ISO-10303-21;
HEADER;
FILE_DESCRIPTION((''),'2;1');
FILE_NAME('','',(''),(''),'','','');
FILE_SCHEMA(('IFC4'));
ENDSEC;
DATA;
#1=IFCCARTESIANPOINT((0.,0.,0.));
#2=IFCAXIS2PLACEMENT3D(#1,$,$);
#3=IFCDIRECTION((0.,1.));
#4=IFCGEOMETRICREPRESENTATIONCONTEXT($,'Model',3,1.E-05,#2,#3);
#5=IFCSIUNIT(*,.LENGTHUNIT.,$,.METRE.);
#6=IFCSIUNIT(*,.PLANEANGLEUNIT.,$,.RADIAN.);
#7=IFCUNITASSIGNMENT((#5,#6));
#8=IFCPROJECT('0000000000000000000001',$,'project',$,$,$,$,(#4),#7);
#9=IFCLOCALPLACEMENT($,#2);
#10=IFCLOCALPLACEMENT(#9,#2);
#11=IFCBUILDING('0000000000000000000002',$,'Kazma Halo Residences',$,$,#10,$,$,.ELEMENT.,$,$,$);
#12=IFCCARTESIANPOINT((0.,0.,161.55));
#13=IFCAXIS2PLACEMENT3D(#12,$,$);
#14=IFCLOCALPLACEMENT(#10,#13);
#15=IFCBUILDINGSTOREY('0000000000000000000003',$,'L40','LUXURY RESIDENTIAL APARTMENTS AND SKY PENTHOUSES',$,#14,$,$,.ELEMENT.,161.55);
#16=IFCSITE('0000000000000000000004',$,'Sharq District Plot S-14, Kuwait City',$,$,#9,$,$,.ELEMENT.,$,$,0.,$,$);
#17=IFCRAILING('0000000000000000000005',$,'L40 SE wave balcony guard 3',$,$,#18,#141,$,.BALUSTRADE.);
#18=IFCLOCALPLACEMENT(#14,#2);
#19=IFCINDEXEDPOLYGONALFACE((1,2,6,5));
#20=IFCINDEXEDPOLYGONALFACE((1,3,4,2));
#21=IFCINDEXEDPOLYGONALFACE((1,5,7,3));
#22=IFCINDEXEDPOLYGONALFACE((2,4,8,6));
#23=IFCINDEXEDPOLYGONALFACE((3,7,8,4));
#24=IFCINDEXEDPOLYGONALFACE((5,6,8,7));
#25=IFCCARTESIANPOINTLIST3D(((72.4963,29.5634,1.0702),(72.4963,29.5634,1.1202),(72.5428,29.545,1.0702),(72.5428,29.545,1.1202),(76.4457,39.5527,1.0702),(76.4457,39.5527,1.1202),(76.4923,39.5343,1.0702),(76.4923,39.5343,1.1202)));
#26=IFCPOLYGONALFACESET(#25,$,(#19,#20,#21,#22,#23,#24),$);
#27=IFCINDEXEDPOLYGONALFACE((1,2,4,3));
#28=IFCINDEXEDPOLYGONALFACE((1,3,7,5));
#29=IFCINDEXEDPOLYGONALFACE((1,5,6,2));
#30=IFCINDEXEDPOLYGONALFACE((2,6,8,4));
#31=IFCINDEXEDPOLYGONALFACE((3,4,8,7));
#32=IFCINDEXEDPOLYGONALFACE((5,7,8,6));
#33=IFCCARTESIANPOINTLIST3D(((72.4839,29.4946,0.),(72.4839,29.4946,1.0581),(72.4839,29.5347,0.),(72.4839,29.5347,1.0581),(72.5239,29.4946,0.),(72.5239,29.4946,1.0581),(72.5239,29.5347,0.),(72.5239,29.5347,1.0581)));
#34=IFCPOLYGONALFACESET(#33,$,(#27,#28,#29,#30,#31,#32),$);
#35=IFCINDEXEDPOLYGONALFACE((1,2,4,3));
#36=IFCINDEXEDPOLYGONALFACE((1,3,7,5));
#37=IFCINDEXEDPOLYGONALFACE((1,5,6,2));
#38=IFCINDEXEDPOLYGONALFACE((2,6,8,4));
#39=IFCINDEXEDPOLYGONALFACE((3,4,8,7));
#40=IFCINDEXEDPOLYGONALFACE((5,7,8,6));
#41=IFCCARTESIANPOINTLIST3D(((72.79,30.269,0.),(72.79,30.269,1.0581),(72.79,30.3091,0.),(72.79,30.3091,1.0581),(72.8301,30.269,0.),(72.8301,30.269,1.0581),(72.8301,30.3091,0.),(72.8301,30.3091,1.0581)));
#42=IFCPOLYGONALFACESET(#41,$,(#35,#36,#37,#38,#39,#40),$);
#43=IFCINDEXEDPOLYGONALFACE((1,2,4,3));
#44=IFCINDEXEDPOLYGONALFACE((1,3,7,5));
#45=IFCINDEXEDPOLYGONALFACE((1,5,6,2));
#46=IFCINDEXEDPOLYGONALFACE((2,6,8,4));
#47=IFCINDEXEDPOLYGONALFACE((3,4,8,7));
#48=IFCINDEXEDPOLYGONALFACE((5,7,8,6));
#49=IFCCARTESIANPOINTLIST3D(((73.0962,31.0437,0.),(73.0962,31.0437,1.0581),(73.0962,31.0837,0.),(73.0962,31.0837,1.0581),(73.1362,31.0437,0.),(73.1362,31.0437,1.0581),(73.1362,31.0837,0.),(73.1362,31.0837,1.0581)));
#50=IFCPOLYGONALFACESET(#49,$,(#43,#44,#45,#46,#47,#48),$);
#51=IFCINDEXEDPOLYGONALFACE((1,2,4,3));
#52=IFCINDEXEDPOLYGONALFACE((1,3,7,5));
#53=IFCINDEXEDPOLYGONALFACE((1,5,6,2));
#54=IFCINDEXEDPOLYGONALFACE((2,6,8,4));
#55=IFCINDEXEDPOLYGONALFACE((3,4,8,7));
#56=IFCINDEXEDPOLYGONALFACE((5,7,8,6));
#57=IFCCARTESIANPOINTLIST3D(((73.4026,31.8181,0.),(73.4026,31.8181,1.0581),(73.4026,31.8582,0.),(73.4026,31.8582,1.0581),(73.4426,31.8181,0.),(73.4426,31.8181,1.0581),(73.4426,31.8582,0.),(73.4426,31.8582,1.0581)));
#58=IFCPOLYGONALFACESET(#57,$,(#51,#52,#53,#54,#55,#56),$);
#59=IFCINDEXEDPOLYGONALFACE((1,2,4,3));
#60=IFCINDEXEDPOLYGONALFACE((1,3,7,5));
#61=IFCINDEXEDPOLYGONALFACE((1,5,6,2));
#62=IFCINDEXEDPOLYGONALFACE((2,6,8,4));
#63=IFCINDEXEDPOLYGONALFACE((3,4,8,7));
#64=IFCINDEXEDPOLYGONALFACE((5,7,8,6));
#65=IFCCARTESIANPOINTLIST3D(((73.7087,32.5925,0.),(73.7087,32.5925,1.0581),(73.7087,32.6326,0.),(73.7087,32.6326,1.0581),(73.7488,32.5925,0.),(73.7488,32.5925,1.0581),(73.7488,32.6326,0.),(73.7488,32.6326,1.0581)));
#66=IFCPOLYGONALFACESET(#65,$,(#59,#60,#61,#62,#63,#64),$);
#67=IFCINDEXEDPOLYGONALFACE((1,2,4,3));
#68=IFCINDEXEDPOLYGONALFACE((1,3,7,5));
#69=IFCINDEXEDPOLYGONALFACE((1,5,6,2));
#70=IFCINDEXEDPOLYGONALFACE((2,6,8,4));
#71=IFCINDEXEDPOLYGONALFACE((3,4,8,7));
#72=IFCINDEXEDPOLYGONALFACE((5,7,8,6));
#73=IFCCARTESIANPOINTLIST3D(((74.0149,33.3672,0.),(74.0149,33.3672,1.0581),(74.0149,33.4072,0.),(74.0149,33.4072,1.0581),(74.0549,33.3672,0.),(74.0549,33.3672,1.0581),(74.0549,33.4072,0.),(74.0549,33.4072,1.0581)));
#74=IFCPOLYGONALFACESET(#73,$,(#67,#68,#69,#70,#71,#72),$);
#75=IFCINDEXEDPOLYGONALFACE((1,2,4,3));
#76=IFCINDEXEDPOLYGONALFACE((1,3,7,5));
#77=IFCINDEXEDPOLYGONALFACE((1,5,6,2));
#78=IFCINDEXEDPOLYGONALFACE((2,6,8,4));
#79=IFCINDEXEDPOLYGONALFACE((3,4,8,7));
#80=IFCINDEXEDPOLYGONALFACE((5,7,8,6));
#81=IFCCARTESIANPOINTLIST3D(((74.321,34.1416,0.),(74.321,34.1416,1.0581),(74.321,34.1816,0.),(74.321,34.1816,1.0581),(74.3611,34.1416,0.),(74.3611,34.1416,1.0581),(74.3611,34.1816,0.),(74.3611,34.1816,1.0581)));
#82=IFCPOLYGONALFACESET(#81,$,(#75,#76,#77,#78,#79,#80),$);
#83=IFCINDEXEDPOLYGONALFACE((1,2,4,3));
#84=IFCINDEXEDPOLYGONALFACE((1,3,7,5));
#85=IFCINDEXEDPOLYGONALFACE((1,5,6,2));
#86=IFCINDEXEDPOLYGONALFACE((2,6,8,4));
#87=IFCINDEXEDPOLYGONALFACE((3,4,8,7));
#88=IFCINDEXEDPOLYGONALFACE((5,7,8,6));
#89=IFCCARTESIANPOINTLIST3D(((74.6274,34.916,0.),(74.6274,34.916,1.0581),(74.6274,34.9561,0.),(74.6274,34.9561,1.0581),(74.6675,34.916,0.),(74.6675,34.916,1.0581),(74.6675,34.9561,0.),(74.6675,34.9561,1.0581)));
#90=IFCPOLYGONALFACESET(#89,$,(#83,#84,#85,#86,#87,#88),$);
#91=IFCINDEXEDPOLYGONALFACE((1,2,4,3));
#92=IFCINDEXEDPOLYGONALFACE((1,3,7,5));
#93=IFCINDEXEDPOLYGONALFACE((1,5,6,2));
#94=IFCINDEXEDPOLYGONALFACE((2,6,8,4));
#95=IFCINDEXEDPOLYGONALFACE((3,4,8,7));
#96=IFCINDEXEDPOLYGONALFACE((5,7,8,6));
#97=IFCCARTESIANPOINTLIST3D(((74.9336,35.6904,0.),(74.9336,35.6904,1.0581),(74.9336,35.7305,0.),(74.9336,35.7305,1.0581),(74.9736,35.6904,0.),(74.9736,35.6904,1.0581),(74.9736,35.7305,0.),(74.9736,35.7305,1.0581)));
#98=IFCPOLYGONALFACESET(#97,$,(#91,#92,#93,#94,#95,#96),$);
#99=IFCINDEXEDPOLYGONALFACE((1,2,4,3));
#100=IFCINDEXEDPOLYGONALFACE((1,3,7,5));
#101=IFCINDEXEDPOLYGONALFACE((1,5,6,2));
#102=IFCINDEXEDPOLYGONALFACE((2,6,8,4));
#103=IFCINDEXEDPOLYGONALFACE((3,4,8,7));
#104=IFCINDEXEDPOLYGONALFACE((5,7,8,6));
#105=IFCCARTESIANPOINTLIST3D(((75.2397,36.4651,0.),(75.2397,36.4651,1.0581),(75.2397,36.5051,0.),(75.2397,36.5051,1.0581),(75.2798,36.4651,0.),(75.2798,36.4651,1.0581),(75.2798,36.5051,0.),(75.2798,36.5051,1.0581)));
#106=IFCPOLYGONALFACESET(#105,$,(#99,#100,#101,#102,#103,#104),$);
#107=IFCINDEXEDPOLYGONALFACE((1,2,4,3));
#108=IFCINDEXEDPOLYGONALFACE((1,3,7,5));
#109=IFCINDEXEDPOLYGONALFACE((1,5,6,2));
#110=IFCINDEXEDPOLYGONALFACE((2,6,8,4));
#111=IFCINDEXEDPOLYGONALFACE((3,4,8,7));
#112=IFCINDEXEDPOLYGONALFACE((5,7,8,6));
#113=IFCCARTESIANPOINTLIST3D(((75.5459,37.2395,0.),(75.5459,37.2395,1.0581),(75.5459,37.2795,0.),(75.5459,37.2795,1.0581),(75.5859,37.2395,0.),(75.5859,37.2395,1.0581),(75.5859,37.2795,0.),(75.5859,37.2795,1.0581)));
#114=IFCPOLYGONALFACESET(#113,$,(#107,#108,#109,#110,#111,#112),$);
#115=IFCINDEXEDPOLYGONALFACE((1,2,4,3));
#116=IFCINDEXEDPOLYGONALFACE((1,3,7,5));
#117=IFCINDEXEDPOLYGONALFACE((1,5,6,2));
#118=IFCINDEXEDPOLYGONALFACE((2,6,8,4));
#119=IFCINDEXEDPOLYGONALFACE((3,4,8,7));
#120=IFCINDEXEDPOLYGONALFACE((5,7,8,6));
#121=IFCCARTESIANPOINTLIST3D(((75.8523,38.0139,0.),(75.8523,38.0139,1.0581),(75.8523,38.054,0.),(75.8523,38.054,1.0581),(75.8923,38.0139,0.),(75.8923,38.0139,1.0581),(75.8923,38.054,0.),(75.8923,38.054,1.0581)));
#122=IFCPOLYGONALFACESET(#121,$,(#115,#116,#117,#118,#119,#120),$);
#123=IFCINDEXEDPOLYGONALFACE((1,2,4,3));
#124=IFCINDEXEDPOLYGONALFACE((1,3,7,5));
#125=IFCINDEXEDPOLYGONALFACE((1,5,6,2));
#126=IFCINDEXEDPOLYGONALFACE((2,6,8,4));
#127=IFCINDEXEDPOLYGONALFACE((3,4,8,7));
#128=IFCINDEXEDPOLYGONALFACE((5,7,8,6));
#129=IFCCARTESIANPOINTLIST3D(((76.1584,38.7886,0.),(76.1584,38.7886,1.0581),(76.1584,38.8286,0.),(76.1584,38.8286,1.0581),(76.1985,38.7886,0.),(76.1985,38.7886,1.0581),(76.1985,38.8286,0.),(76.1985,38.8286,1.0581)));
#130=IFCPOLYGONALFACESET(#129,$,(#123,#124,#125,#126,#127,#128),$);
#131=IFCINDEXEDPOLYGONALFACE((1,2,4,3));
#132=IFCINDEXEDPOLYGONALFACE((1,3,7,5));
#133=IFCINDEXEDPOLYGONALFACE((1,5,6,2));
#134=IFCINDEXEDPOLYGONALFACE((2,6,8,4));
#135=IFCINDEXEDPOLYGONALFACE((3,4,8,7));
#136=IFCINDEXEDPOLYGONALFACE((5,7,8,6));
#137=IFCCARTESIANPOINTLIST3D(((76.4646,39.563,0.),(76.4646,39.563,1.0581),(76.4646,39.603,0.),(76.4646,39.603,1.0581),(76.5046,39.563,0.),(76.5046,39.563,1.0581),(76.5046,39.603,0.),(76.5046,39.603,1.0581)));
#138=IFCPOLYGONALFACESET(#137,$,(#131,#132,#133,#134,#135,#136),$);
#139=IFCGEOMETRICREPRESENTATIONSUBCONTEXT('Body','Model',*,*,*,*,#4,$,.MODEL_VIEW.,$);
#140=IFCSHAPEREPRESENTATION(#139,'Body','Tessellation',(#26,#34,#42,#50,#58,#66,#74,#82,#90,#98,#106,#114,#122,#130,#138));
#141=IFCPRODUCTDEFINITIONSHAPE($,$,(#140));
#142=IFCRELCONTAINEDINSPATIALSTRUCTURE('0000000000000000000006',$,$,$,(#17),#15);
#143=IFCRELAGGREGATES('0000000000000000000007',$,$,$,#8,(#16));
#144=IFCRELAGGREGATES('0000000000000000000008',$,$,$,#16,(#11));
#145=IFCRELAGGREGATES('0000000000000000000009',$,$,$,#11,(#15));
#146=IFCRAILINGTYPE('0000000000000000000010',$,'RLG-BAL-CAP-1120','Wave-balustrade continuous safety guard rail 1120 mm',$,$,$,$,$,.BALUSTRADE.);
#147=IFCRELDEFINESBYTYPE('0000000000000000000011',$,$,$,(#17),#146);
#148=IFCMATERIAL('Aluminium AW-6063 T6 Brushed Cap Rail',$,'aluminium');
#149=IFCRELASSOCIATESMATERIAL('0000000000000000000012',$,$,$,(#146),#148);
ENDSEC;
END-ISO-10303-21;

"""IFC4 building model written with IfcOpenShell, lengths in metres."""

from ifc_helpers import new_model, si_unit, direction, frame, origin, origin_2d, place, context, subcontext, project, spatial, rectangle, extrude, material, type_object, element, save


model = new_model("IFC4")

# Units and contexts
model_context = context("Model", 3, precision=1e-05, world=origin(), true_north=direction((0.0, 1.0)))
body_context = subcontext(model_context, "Body", "Model", "MODEL_VIEW")
ifc_project = project(units=[si_unit("LENGTHUNIT", "METRE"), si_unit("PLANEANGLEUNIT", "RADIAN")], contexts=[model_context])

# Site, building, storey
site_placement = place(None, origin())
site = spatial("IfcSite", under=ifc_project, at=site_placement, Name="Sharq District Plot S-14, Kuwait City", CompositionType="ELEMENT", RefElevation=0.0)
building_placement = place(site_placement, origin())
building = spatial("IfcBuilding", under=site, at=building_placement, Name="Kazma Halo Residences", CompositionType="ELEMENT")
storey_placement = place(building_placement, frame((0.0, 0.0, 161.55)))
storey = spatial("IfcBuildingStorey", under=building, at=storey_placement, Name="L40", Description="LUXURY RESIDENTIAL APARTMENTS AND SKY PENTHOUSES", CompositionType="ELEMENT", Elevation=161.55)

# Railing
ifc_material_1 = material(Name="Aluminium AW-6063 T6 Brushed Cap Rail", Category="aluminium")
railing_type = type_object("IfcRailingType", Name="RLG-BAL-CAP-1120", Description="Wave-balustrade continuous safety guard rail 1120 mm", PredefinedType="BALUSTRADE", material=ifc_material_1)
railing_1_placement = place(storey_placement, frame((72.5039, 29.5146, 0.0)))
element("IfcRailing", 1, at=railing_1_placement, inside=storey, type_object=railing_type, Name="L40 SE wave balcony guard 3", PredefinedType="BALUSTRADE", context=body_context, shape_type="SweptSolid", body=[
    extrude(rectangle(XDim=0.05, YDim=0.05, at=origin_2d()), frame((0.0156, 0.0396, 1.0952), z_axis=(0.367675, 0.929954, 0.0), x_axis=(-0.929954, 0.367675, 0.0)), (0.0, 0.0, 1.0), 10.7417),
    extrude(rectangle(XDim=0.04, YDim=0.04, at=origin_2d()), origin(), (0.0, 0.0, 1.0), 1.0581),
    extrude(rectangle(XDim=0.04, YDim=0.04, at=origin_2d()), frame((0.3062, 0.7744, 0.0)), (0.0, 0.0, 1.0), 1.0581),
    extrude(rectangle(XDim=0.04, YDim=0.04, at=origin_2d()), frame((0.6123, 1.5491, 0.0)), (0.0, 0.0, 1.0), 1.0581),
    extrude(rectangle(XDim=0.04, YDim=0.04, at=origin_2d()), frame((0.9187, 2.3235, 0.0)), (0.0, 0.0, 1.0), 1.0581),
    extrude(rectangle(XDim=0.04, YDim=0.04, at=origin_2d()), frame((1.2249, 3.0979, 0.0)), (0.0, 0.0, 1.0), 1.0581),
    extrude(rectangle(XDim=0.04, YDim=0.04, at=origin_2d()), frame((1.531, 3.8726, 0.0)), (0.0, 0.0, 1.0), 1.0581),
    extrude(rectangle(XDim=0.04, YDim=0.04, at=origin_2d()), frame((1.8372, 4.647, 0.0)), (0.0, 0.0, 1.0), 1.0581),
    extrude(rectangle(XDim=0.04, YDim=0.04, at=origin_2d()), frame((2.1436, 5.4214, 0.0)), (0.0, 0.0, 1.0), 1.0581),
    extrude(rectangle(XDim=0.04, YDim=0.04, at=origin_2d()), frame((2.4497, 6.1958, 0.0)), (0.0, 0.0, 1.0), 1.0581),
    extrude(rectangle(XDim=0.04, YDim=0.04, at=origin_2d()), frame((2.7559, 6.9705, 0.0)), (0.0, 0.0, 1.0), 1.0581),
    extrude(rectangle(XDim=0.04, YDim=0.04, at=origin_2d()), frame((3.062, 7.7449, 0.0)), (0.0, 0.0, 1.0), 1.0581),
    extrude(rectangle(XDim=0.04, YDim=0.04, at=origin_2d()), frame((3.3684, 8.5193, 0.0)), (0.0, 0.0, 1.0), 1.0581),
    extrude(rectangle(XDim=0.04, YDim=0.04, at=origin_2d()), frame((3.6746, 9.2939, 0.0)), (0.0, 0.0, 1.0), 1.0581),
    extrude(rectangle(XDim=0.04, YDim=0.04, at=origin_2d()), frame((3.9807, 10.0684, 0.0)), (0.0, 0.0, 1.0), 1.0581),
])

save(model, "model.ifc")
